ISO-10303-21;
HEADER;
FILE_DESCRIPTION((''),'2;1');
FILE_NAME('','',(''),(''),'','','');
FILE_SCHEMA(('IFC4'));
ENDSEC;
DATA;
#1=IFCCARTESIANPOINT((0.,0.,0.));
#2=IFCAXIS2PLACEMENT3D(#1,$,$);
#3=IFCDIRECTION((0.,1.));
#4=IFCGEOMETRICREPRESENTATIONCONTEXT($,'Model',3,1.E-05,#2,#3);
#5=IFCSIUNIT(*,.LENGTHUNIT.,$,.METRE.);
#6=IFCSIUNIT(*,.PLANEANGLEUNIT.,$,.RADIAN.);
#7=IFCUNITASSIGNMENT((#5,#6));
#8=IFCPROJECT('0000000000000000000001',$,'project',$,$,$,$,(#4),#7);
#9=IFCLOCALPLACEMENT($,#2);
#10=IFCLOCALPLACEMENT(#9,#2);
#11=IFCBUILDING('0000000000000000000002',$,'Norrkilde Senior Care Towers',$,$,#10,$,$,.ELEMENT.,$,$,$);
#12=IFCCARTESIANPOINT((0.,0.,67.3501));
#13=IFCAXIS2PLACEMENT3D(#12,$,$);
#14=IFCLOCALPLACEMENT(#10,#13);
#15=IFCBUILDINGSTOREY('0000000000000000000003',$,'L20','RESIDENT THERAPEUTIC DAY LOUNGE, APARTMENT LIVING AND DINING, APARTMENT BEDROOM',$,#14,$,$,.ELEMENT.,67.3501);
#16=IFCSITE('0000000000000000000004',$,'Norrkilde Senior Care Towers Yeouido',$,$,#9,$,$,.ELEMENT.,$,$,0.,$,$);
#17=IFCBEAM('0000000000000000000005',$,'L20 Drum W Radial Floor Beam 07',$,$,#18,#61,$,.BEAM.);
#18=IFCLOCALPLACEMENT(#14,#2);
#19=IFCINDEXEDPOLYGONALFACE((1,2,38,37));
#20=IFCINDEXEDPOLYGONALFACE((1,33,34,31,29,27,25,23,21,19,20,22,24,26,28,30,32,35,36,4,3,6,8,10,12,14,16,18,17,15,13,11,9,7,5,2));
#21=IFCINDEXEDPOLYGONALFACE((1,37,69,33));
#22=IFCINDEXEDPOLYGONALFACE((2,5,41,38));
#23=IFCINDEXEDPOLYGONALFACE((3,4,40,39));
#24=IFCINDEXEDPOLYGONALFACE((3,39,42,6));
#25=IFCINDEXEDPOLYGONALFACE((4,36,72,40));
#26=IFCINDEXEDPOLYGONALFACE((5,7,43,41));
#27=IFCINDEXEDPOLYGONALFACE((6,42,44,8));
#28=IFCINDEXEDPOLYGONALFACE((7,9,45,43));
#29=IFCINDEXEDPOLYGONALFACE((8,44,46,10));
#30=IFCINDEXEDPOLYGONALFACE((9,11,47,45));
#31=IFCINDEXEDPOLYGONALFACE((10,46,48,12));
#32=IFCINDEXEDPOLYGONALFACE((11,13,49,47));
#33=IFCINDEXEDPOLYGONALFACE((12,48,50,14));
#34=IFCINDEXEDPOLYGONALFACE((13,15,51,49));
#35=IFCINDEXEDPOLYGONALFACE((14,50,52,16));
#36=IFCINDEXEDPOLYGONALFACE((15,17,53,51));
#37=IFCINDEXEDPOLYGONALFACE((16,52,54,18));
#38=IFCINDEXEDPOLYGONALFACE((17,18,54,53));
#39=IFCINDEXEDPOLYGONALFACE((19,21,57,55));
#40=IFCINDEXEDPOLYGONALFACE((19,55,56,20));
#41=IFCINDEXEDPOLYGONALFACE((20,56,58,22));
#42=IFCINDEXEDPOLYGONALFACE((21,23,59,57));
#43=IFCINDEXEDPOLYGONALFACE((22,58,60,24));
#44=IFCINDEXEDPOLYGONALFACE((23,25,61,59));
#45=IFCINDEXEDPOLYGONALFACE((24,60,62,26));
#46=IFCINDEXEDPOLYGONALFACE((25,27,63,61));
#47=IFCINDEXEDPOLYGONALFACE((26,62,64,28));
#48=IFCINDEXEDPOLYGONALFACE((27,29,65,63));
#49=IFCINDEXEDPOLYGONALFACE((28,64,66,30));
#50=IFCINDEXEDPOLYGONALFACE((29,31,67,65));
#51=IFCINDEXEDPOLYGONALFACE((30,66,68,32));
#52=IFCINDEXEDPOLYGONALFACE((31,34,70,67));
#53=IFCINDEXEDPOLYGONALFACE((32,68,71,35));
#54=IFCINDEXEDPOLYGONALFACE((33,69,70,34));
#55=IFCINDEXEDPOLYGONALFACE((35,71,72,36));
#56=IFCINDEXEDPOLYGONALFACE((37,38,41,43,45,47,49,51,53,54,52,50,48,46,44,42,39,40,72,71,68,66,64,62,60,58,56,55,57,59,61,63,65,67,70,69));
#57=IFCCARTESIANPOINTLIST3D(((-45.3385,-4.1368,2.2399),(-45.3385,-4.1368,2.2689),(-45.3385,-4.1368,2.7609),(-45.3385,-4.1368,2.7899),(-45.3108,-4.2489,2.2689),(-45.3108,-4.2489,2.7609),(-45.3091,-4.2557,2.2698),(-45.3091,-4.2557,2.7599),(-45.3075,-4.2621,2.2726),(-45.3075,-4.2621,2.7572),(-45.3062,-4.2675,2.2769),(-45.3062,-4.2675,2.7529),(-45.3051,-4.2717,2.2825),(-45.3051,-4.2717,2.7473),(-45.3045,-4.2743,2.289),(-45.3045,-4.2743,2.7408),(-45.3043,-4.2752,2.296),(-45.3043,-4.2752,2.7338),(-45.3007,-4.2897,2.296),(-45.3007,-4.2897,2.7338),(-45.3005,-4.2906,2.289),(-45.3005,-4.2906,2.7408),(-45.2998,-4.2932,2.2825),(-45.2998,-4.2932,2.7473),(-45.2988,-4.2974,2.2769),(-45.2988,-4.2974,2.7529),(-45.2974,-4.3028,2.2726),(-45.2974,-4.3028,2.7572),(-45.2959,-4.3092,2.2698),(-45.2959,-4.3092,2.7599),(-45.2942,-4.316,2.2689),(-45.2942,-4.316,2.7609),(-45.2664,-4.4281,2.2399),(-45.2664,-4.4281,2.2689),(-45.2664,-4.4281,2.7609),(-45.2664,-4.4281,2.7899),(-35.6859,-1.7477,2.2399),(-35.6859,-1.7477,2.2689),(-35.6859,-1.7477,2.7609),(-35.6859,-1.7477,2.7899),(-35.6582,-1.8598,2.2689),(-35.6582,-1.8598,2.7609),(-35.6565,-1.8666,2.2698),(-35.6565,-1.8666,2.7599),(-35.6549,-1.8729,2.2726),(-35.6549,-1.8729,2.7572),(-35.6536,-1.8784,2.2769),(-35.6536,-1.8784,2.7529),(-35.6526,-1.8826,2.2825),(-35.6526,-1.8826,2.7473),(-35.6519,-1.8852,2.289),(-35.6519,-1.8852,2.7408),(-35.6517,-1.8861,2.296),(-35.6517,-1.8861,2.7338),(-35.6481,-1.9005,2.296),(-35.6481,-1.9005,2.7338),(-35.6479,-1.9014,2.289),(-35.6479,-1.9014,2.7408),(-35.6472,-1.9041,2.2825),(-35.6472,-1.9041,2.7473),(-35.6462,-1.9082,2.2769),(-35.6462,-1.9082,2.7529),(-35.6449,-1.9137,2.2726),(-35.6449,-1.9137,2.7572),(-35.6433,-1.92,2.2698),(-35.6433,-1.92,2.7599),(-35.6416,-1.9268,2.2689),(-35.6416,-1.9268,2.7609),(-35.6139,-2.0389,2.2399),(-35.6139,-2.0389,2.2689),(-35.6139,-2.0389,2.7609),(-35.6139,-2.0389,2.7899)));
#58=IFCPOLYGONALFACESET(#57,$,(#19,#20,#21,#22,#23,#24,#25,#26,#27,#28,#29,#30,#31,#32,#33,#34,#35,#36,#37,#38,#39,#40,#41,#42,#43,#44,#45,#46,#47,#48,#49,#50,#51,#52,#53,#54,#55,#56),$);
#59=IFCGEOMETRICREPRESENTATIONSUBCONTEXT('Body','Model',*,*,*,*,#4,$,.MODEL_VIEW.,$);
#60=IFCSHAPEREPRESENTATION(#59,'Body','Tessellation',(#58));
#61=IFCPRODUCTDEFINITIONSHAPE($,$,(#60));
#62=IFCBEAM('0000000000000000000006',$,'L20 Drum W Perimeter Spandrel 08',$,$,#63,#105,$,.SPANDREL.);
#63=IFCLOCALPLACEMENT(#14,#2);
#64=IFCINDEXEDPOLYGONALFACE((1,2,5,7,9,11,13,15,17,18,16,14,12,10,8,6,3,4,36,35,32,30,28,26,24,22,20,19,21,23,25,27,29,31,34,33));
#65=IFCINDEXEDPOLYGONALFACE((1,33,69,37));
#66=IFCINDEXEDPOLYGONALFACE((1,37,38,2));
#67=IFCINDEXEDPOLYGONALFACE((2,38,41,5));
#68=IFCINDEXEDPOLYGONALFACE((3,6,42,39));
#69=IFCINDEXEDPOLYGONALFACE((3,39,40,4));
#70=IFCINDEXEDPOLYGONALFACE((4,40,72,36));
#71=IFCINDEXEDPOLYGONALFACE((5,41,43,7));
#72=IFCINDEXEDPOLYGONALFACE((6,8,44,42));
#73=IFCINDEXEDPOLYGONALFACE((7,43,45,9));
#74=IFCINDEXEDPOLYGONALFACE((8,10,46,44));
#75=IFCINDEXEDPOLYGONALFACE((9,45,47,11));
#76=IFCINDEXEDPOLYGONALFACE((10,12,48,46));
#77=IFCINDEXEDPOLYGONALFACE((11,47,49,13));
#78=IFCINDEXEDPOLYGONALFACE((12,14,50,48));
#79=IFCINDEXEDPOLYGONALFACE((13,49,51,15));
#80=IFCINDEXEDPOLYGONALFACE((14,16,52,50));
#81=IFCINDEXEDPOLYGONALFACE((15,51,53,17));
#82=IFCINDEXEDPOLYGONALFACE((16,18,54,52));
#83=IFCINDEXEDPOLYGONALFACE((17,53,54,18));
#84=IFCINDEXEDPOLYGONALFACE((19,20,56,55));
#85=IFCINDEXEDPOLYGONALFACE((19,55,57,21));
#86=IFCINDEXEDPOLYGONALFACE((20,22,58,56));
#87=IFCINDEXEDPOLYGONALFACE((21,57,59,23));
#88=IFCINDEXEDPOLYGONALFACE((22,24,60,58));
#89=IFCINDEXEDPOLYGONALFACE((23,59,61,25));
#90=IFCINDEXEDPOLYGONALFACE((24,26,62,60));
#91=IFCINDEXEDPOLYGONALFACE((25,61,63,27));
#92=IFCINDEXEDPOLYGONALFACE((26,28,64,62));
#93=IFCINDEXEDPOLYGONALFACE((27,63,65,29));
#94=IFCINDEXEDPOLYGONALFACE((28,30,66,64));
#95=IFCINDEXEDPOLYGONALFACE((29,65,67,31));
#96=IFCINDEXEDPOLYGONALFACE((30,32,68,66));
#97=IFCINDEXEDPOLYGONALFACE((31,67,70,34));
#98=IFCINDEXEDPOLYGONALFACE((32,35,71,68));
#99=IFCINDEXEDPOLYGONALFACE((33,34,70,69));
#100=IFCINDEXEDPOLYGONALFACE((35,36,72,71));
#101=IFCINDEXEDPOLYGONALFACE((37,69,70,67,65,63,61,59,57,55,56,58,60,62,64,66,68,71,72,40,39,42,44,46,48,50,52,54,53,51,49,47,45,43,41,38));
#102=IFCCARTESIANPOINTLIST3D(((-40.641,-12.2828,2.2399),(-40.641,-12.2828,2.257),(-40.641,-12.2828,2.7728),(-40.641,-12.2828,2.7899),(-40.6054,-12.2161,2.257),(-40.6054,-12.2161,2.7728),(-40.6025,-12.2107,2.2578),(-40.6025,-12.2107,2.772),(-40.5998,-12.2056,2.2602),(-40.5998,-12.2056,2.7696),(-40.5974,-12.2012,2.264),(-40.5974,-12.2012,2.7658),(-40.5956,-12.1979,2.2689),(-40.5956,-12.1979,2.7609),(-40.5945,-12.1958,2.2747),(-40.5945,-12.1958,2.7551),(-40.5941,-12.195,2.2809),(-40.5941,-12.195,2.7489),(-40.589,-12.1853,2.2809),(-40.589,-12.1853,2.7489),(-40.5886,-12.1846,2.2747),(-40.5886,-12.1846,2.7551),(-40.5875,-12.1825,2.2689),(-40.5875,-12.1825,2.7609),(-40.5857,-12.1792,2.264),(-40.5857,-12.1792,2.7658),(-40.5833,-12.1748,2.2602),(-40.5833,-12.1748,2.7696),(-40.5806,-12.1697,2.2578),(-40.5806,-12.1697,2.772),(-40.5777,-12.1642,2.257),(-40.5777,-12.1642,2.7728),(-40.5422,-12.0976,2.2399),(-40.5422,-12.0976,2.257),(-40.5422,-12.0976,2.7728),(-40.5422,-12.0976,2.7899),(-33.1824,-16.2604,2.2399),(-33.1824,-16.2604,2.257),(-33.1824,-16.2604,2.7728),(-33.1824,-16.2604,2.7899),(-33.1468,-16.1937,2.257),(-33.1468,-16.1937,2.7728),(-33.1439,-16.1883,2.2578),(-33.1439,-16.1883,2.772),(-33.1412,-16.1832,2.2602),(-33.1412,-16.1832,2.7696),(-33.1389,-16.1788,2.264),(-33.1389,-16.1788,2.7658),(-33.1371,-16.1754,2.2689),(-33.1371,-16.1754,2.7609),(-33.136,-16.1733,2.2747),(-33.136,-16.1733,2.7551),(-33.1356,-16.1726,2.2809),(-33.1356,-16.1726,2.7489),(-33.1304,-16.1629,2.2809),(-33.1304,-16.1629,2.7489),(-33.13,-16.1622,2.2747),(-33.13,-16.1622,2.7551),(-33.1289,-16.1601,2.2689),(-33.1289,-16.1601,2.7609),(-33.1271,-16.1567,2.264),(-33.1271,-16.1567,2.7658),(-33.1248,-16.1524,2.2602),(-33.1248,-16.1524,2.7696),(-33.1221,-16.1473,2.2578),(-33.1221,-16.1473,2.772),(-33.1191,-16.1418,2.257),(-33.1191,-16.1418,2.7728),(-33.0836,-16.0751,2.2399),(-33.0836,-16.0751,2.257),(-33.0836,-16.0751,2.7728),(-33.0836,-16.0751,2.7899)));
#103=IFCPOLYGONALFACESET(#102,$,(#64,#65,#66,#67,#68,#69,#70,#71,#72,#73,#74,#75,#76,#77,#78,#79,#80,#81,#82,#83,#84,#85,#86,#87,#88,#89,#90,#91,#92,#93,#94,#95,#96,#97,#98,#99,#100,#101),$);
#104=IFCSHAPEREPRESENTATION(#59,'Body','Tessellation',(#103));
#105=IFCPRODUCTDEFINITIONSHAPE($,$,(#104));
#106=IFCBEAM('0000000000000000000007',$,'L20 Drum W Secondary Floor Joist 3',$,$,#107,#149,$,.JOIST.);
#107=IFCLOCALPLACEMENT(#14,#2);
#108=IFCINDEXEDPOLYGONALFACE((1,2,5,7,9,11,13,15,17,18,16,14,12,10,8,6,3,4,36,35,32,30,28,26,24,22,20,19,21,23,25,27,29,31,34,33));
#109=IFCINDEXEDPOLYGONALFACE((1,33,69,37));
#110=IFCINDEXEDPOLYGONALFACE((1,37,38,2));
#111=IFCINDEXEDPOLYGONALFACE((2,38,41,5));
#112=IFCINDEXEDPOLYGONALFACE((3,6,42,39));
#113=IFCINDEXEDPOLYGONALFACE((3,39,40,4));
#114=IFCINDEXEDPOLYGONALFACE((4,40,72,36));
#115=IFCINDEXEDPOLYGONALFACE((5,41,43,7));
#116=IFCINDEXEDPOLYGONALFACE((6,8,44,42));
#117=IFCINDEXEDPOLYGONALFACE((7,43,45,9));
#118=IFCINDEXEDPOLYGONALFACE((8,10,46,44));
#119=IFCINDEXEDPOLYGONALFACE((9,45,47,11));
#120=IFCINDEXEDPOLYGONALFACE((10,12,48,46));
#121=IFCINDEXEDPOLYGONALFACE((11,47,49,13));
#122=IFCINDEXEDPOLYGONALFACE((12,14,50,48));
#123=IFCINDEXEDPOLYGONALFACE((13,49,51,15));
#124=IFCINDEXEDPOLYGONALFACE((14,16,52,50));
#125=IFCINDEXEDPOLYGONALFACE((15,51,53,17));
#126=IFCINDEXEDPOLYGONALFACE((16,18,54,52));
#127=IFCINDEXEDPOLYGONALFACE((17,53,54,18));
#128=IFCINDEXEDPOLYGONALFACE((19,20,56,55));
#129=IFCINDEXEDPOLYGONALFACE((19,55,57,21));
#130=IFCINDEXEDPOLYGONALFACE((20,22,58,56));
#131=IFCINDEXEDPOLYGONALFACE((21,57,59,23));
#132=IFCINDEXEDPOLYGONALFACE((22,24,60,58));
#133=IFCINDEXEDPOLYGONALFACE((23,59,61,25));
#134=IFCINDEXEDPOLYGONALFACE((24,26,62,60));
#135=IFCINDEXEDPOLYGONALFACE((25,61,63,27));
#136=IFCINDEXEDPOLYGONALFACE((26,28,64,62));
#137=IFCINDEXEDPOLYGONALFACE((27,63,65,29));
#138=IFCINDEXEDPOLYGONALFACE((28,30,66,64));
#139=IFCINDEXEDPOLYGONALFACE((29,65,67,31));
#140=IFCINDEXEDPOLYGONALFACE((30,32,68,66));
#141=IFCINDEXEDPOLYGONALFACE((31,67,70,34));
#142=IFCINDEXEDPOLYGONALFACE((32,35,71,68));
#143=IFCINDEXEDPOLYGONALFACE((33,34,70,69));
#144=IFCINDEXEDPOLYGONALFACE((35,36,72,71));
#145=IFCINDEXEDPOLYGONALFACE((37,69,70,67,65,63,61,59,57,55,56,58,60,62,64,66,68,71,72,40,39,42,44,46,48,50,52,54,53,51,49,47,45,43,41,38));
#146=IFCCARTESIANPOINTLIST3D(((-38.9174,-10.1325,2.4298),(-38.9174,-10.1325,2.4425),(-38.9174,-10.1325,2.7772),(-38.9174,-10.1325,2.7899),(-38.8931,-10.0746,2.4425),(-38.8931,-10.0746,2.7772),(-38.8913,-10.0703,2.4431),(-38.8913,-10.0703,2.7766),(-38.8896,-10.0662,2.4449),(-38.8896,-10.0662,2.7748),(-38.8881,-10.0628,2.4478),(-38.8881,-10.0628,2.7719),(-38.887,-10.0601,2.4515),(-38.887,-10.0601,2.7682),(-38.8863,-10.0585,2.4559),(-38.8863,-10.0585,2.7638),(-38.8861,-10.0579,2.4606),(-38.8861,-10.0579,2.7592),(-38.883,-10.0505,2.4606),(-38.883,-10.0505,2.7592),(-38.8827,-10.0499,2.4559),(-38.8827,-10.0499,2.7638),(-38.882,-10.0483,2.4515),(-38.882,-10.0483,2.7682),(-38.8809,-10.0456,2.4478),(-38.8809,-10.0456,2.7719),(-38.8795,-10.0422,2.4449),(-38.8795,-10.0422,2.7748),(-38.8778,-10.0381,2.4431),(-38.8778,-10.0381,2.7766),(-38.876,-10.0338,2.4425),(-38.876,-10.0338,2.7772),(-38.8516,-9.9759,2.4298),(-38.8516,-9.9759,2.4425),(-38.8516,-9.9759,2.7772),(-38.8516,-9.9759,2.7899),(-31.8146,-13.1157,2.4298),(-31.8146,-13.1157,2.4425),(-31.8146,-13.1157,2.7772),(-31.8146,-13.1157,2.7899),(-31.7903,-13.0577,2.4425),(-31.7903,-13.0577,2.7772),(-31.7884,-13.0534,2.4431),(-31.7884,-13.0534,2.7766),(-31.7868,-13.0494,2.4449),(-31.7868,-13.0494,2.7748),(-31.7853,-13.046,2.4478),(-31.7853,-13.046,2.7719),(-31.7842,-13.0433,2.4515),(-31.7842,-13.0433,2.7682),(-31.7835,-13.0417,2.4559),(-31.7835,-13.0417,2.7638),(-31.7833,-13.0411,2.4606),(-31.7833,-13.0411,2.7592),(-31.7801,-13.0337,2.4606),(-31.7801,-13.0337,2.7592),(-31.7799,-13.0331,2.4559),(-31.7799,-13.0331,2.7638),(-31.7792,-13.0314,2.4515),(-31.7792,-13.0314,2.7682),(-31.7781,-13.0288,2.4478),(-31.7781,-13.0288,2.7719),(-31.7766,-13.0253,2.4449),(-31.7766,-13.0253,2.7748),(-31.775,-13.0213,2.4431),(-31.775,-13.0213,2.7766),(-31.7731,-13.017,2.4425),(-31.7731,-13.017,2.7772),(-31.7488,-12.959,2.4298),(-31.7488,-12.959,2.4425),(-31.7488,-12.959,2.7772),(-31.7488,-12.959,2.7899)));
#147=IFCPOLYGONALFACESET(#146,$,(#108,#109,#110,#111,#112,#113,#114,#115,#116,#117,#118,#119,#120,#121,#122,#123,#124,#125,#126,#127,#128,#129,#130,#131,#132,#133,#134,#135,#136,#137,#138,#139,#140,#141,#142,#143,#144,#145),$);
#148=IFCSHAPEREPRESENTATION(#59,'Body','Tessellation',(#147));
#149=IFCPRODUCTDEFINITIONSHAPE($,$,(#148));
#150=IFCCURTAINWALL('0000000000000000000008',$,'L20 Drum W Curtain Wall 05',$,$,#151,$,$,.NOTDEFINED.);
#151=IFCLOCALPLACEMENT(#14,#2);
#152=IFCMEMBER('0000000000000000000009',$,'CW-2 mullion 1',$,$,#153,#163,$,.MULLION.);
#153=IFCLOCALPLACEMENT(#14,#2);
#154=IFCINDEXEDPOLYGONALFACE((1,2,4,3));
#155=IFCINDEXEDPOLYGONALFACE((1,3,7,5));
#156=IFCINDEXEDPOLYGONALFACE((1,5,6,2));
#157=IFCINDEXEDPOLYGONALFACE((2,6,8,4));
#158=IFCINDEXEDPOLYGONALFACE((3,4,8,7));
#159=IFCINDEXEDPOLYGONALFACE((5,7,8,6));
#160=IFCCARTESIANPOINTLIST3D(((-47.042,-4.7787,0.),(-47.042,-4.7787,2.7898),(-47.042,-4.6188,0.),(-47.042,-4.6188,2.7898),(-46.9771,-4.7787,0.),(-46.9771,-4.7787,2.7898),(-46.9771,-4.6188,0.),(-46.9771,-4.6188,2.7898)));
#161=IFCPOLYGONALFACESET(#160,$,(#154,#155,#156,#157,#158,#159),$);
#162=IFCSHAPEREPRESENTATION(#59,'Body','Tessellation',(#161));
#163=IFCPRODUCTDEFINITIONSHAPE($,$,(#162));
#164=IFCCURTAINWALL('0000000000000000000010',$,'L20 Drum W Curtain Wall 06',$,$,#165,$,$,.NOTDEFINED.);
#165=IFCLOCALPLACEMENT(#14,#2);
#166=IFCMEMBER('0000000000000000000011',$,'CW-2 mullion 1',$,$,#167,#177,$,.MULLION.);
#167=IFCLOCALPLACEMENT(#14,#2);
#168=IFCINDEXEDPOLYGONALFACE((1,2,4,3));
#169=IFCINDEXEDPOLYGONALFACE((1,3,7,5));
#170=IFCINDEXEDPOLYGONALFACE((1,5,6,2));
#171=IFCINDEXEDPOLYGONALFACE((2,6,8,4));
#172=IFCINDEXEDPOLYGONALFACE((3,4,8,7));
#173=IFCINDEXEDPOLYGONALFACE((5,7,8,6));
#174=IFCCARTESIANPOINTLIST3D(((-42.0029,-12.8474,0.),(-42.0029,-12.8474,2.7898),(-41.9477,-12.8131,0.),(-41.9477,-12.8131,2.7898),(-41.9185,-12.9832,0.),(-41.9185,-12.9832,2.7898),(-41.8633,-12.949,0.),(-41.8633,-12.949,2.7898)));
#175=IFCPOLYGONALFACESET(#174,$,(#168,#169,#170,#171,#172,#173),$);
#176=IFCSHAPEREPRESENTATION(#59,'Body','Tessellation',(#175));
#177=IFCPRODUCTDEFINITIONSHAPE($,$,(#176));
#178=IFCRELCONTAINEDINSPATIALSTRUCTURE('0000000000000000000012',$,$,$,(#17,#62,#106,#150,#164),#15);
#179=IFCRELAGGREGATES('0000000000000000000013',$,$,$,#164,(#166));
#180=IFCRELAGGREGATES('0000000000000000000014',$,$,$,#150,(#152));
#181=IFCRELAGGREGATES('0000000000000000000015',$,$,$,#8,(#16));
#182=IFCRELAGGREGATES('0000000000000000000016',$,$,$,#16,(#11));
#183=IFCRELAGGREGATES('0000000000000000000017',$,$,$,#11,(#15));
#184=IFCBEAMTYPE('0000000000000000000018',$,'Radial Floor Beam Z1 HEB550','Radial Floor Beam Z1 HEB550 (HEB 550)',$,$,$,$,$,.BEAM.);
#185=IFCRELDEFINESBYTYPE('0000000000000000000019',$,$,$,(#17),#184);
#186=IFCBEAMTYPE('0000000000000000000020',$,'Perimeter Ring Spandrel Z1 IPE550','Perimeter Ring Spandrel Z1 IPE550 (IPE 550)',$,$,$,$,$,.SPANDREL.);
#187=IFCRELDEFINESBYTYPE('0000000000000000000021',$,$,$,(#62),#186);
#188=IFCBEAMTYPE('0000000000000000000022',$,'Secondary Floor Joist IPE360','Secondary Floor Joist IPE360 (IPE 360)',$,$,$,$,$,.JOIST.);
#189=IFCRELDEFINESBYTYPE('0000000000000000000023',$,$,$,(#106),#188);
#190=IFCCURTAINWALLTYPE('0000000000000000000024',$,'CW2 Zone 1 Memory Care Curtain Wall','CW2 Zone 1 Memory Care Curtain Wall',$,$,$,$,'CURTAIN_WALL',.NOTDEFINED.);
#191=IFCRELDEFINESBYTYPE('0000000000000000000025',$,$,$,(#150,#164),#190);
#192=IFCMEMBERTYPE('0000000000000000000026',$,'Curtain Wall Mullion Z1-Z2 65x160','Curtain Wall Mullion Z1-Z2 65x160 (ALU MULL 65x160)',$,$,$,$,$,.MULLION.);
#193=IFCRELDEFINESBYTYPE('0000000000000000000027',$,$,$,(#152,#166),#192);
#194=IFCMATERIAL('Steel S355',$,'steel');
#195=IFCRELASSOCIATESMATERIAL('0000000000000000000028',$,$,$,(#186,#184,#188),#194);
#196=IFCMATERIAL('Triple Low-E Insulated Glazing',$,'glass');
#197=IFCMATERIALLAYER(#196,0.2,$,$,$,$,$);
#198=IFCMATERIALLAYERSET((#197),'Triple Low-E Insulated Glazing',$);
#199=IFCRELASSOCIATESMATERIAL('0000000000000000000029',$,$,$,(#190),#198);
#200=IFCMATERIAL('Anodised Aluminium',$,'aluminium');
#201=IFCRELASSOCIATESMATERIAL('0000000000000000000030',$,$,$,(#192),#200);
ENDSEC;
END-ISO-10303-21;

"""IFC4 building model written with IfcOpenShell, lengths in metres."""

from ifc_helpers import new_model, si_unit, direction, frame, origin, origin_2d, place, context, subcontext, project, spatial, rectangle, i_section, extrude, source, transform, mapped, material, layer, layer_set, material_profile, profile_set, type_object, type_shapes, element, aggregate, save


model = new_model("IFC4")

# Units and contexts
model_context = context("Model", 3, precision=1e-05, world=origin(), true_north=direction((0.0, 1.0)))
body_context = subcontext(model_context, "Body", "Model", "MODEL_VIEW")
ifc_project = project(units=[si_unit("LENGTHUNIT", "METRE"), si_unit("PLANEANGLEUNIT", "RADIAN")], contexts=[model_context])

# Site, building, storey
site_placement = place(None, origin())
site = spatial("IfcSite", under=ifc_project, at=site_placement, Name="Norrkilde Senior Care Towers Yeouido", CompositionType="ELEMENT", RefElevation=0.0)
building_placement = place(site_placement, origin())
building = spatial("IfcBuilding", under=site, at=building_placement, Name="Norrkilde Senior Care Towers", CompositionType="ELEMENT")
storey_placement = place(building_placement, frame((0.0, 0.0, 67.3501)))
storey = spatial("IfcBuildingStorey", under=building, at=storey_placement, Name="L20", Description="RESIDENT THERAPEUTIC DAY LOUNGE, APARTMENT LIVING AND DINING, APARTMENT BEDROOM", CompositionType="ELEMENT", Elevation=67.3501)

# Beams
ifc_material_1 = material(Name="Steel S355", Category="steel")
ifc_material_profile_1 = material_profile(ifc_material_1, i_section(OverallWidth=0.21, OverallDepth=0.55, WebThickness=0.011, FlangeThickness=0.0171, FilletRadius=0.0239, at=origin_2d()), Name="IPE 550")
ifc_profile_set_1 = profile_set([ifc_material_profile_1], Name="Steel S355")
beam_type_1 = type_object("IfcBeamType", Name="Perimeter Ring Spandrel Z1 IPE550", Description="Perimeter Ring Spandrel Z1 IPE550 (IPE 550)", PredefinedType="SPANDREL", material=ifc_profile_set_1)
ifc_material_profile_2 = material_profile(ifc_material_1, i_section(OverallWidth=0.3, OverallDepth=0.55, WebThickness=0.0149, FlangeThickness=0.0291, FilletRadius=0.0271, at=origin_2d()), Name="HEB 550")
ifc_profile_set_2 = profile_set([ifc_material_profile_2], Name="Steel S355")
beam_type_2 = type_object("IfcBeamType", Name="Radial Floor Beam Z1 HEB550", Description="Radial Floor Beam Z1 HEB550 (HEB 550)", PredefinedType="BEAM", material=ifc_profile_set_2)
shared_shape_1 = source(origin(), body_context, "Body", "SweptSolid", [
    extrude(i_section(OverallWidth=0.3, OverallDepth=0.55, WebThickness=0.0149, FlangeThickness=0.0291, FilletRadius=0.0271, at=origin_2d()), origin(), (0.0, 0.0, 1.0), 9.9438),
])
type_shapes(beam_type_2, [shared_shape_1])
beam_1_placement = place(storey_placement, frame((-35.6499, -1.8933, 2.5149), z_axis=(-0.970707, -0.240265, 0.0), x_axis=(0.240265, -0.970707, 0.0)))
element("IfcBeam", 1, at=beam_1_placement, inside=storey, type_object=beam_type_2, Name="L20 Drum W Radial Floor Beam 07", PredefinedType="BEAM", context=body_context, shape_type="MappedRepresentation", body=[
    mapped(shared_shape_1, transform((0.0, 0.0, 0.0), x_axis=(1.0, 0.0, 0.0), y_axis=(0.0, 1.0, 0.0), z_axis=(0.0, 0.0, 1.0), scale=1.0)),
])
shared_shape_2 = source(origin(), body_context, "Body", "SweptSolid", [
    extrude(i_section(OverallWidth=0.21, OverallDepth=0.55, WebThickness=0.011, FlangeThickness=0.0171, FilletRadius=0.0239, at=origin_2d()), origin(), (0.0, 0.0, 1.0), 8.4529),
])
beam_2_placement = place(storey_placement, frame((-40.5916, -12.1902, 2.5149), z_axis=(0.882369, -0.470558, 0.0), x_axis=(0.470558, 0.882369, 0.0)))
element("IfcBeam", 2, at=beam_2_placement, inside=storey, type_object=beam_type_1, Name="L20 Drum W Perimeter Spandrel 08", PredefinedType="SPANDREL", context=body_context, shape_type="MappedRepresentation", body=[
    mapped(shared_shape_2, transform((0.0, 0.0, 0.0), x_axis=(1.0, 0.0, 0.0), y_axis=(0.0, 1.0, 0.0), z_axis=(0.0, 0.0, 1.0), scale=1.0)),
])
ifc_material_profile_3 = material_profile(ifc_material_1, i_section(OverallWidth=0.1699, OverallDepth=0.3601, WebThickness=0.0081, FlangeThickness=0.0127, FilletRadius=0.0181, at=origin_2d()), Name="IPE 360")
ifc_profile_set_3 = profile_set([ifc_material_profile_3], Name="Steel S355")
beam_type_3 = type_object("IfcBeamType", Name="Secondary Floor Joist IPE360", Description="Secondary Floor Joist IPE360 (IPE 360)", PredefinedType="JOIST", material=ifc_profile_set_3)
shared_shape_3 = source(origin(), body_context, "Body", "SweptSolid", [
    extrude(i_section(OverallWidth=0.1699, OverallDepth=0.3601, WebThickness=0.0081, FlangeThickness=0.0127, FilletRadius=0.0181, at=origin_2d()), origin(), (0.0, 0.0, 1.0), 7.7039),
])
type_shapes(beam_type_3, [shared_shape_3])
beam_3_placement = place(storey_placement, frame((-38.8845, -10.0542, 2.6099), z_axis=(0.921983, -0.387231, 0.0), x_axis=(0.387231, 0.921983, 0.0)))
element("IfcBeam", 3, at=beam_3_placement, inside=storey, type_object=beam_type_3, Name="L20 Drum W Secondary Floor Joist 3", PredefinedType="JOIST", context=body_context, shape_type="MappedRepresentation", body=[
    mapped(shared_shape_3, transform((0.0, 0.0, 0.0), x_axis=(1.0, 0.0, 0.0), y_axis=(0.0, 1.0, 0.0), z_axis=(0.0, 0.0, 1.0), scale=1.0)),
])

# Curtain wall, member
ifc_material_2 = material(Name="Triple Low-E Insulated Glazing", Category="glass")
ifc_layer_1 = layer(ifc_material_2, 0.2)
ifc_layer_set_1 = layer_set([ifc_layer_1], Name="Triple Low-E Insulated Glazing")
curtain_wall_type = type_object("IfcCurtainWallType", Name="CW2 Zone 1 Memory Care Curtain Wall", Description="CW2 Zone 1 Memory Care Curtain Wall", ElementType="CURTAIN_WALL", PredefinedType="NOTDEFINED", material=ifc_layer_set_1)
curtain_wall_1_placement = place(storey_placement, origin())
curtain_wall_1 = element("IfcCurtainWall", 4, at=curtain_wall_1_placement, inside=storey, type_object=curtain_wall_type, Name="L20 Drum W Curtain Wall 05", PredefinedType="NOTDEFINED")
ifc_material_3 = material(Name="Anodised Aluminium", Category="aluminium")
ifc_material_profile_4 = material_profile(ifc_material_3, rectangle(XDim=0.0649, YDim=0.1599, at=origin_2d()), Name="ALU MULL 65x160")
ifc_profile_set_4 = profile_set([ifc_material_profile_4], Name="Anodised Aluminium")
member_type_1 = type_object("IfcMemberType", Name="Curtain Wall Mullion Z1-Z2 65x160", Description="Curtain Wall Mullion Z1-Z2 65x160 (ALU MULL 65x160)", PredefinedType="MULLION", material=ifc_profile_set_4)
shared_shape_4 = source(origin(), body_context, "Body", "SweptSolid", [
    extrude(rectangle(XDim=0.0649, YDim=0.1599, at=origin_2d()), origin(), (0.0, 0.0, 1.0), 2.7898),
])
type_shapes(member_type_1, [shared_shape_4])
member_1_placement = place(storey_placement, frame((-47.0095, -4.6987, 0.0), z_axis=(0.0, 0.0, 1.0), x_axis=(-1.0, 0.0, 0.0)))
member_1 = element("IfcMember", 5, at=member_1_placement, type_object=member_type_1, Name="CW-2 mullion 1", PredefinedType="MULLION", context=body_context, shape_type="MappedRepresentation", body=[
    mapped(shared_shape_4, transform((0.0, 0.0, 0.0), x_axis=(1.0, 0.0, 0.0), y_axis=(0.0, 1.0, 0.0), z_axis=(0.0, 0.0, 1.0), scale=1.0)),
])

# Curtain wall, member
curtain_wall_2_placement = place(storey_placement, origin())
curtain_wall_2 = element("IfcCurtainWall", 6, at=curtain_wall_2_placement, inside=storey, type_object=curtain_wall_type, Name="L20 Drum W Curtain Wall 06", PredefinedType="NOTDEFINED")
member_2_placement = place(storey_placement, frame((-41.9331, -12.8982, 0.0), z_axis=(0.0, 0.0, 1.0), x_axis=(-0.849306, -0.527901, 0.0)))
member_2 = element("IfcMember", 7, at=member_2_placement, type_object=member_type_1, Name="CW-2 mullion 1", PredefinedType="MULLION", context=body_context, shape_type="MappedRepresentation", body=[
    mapped(shared_shape_4, transform((0.0, 0.0, 0.0), x_axis=(1.0, 0.0, 0.0), y_axis=(0.0, 1.0, 0.0), z_axis=(0.0, 0.0, 1.0), scale=1.0)),
])

aggregate(curtain_wall_2, [member_2])
aggregate(curtain_wall_1, [member_1])

save(model, "model.ifc")
